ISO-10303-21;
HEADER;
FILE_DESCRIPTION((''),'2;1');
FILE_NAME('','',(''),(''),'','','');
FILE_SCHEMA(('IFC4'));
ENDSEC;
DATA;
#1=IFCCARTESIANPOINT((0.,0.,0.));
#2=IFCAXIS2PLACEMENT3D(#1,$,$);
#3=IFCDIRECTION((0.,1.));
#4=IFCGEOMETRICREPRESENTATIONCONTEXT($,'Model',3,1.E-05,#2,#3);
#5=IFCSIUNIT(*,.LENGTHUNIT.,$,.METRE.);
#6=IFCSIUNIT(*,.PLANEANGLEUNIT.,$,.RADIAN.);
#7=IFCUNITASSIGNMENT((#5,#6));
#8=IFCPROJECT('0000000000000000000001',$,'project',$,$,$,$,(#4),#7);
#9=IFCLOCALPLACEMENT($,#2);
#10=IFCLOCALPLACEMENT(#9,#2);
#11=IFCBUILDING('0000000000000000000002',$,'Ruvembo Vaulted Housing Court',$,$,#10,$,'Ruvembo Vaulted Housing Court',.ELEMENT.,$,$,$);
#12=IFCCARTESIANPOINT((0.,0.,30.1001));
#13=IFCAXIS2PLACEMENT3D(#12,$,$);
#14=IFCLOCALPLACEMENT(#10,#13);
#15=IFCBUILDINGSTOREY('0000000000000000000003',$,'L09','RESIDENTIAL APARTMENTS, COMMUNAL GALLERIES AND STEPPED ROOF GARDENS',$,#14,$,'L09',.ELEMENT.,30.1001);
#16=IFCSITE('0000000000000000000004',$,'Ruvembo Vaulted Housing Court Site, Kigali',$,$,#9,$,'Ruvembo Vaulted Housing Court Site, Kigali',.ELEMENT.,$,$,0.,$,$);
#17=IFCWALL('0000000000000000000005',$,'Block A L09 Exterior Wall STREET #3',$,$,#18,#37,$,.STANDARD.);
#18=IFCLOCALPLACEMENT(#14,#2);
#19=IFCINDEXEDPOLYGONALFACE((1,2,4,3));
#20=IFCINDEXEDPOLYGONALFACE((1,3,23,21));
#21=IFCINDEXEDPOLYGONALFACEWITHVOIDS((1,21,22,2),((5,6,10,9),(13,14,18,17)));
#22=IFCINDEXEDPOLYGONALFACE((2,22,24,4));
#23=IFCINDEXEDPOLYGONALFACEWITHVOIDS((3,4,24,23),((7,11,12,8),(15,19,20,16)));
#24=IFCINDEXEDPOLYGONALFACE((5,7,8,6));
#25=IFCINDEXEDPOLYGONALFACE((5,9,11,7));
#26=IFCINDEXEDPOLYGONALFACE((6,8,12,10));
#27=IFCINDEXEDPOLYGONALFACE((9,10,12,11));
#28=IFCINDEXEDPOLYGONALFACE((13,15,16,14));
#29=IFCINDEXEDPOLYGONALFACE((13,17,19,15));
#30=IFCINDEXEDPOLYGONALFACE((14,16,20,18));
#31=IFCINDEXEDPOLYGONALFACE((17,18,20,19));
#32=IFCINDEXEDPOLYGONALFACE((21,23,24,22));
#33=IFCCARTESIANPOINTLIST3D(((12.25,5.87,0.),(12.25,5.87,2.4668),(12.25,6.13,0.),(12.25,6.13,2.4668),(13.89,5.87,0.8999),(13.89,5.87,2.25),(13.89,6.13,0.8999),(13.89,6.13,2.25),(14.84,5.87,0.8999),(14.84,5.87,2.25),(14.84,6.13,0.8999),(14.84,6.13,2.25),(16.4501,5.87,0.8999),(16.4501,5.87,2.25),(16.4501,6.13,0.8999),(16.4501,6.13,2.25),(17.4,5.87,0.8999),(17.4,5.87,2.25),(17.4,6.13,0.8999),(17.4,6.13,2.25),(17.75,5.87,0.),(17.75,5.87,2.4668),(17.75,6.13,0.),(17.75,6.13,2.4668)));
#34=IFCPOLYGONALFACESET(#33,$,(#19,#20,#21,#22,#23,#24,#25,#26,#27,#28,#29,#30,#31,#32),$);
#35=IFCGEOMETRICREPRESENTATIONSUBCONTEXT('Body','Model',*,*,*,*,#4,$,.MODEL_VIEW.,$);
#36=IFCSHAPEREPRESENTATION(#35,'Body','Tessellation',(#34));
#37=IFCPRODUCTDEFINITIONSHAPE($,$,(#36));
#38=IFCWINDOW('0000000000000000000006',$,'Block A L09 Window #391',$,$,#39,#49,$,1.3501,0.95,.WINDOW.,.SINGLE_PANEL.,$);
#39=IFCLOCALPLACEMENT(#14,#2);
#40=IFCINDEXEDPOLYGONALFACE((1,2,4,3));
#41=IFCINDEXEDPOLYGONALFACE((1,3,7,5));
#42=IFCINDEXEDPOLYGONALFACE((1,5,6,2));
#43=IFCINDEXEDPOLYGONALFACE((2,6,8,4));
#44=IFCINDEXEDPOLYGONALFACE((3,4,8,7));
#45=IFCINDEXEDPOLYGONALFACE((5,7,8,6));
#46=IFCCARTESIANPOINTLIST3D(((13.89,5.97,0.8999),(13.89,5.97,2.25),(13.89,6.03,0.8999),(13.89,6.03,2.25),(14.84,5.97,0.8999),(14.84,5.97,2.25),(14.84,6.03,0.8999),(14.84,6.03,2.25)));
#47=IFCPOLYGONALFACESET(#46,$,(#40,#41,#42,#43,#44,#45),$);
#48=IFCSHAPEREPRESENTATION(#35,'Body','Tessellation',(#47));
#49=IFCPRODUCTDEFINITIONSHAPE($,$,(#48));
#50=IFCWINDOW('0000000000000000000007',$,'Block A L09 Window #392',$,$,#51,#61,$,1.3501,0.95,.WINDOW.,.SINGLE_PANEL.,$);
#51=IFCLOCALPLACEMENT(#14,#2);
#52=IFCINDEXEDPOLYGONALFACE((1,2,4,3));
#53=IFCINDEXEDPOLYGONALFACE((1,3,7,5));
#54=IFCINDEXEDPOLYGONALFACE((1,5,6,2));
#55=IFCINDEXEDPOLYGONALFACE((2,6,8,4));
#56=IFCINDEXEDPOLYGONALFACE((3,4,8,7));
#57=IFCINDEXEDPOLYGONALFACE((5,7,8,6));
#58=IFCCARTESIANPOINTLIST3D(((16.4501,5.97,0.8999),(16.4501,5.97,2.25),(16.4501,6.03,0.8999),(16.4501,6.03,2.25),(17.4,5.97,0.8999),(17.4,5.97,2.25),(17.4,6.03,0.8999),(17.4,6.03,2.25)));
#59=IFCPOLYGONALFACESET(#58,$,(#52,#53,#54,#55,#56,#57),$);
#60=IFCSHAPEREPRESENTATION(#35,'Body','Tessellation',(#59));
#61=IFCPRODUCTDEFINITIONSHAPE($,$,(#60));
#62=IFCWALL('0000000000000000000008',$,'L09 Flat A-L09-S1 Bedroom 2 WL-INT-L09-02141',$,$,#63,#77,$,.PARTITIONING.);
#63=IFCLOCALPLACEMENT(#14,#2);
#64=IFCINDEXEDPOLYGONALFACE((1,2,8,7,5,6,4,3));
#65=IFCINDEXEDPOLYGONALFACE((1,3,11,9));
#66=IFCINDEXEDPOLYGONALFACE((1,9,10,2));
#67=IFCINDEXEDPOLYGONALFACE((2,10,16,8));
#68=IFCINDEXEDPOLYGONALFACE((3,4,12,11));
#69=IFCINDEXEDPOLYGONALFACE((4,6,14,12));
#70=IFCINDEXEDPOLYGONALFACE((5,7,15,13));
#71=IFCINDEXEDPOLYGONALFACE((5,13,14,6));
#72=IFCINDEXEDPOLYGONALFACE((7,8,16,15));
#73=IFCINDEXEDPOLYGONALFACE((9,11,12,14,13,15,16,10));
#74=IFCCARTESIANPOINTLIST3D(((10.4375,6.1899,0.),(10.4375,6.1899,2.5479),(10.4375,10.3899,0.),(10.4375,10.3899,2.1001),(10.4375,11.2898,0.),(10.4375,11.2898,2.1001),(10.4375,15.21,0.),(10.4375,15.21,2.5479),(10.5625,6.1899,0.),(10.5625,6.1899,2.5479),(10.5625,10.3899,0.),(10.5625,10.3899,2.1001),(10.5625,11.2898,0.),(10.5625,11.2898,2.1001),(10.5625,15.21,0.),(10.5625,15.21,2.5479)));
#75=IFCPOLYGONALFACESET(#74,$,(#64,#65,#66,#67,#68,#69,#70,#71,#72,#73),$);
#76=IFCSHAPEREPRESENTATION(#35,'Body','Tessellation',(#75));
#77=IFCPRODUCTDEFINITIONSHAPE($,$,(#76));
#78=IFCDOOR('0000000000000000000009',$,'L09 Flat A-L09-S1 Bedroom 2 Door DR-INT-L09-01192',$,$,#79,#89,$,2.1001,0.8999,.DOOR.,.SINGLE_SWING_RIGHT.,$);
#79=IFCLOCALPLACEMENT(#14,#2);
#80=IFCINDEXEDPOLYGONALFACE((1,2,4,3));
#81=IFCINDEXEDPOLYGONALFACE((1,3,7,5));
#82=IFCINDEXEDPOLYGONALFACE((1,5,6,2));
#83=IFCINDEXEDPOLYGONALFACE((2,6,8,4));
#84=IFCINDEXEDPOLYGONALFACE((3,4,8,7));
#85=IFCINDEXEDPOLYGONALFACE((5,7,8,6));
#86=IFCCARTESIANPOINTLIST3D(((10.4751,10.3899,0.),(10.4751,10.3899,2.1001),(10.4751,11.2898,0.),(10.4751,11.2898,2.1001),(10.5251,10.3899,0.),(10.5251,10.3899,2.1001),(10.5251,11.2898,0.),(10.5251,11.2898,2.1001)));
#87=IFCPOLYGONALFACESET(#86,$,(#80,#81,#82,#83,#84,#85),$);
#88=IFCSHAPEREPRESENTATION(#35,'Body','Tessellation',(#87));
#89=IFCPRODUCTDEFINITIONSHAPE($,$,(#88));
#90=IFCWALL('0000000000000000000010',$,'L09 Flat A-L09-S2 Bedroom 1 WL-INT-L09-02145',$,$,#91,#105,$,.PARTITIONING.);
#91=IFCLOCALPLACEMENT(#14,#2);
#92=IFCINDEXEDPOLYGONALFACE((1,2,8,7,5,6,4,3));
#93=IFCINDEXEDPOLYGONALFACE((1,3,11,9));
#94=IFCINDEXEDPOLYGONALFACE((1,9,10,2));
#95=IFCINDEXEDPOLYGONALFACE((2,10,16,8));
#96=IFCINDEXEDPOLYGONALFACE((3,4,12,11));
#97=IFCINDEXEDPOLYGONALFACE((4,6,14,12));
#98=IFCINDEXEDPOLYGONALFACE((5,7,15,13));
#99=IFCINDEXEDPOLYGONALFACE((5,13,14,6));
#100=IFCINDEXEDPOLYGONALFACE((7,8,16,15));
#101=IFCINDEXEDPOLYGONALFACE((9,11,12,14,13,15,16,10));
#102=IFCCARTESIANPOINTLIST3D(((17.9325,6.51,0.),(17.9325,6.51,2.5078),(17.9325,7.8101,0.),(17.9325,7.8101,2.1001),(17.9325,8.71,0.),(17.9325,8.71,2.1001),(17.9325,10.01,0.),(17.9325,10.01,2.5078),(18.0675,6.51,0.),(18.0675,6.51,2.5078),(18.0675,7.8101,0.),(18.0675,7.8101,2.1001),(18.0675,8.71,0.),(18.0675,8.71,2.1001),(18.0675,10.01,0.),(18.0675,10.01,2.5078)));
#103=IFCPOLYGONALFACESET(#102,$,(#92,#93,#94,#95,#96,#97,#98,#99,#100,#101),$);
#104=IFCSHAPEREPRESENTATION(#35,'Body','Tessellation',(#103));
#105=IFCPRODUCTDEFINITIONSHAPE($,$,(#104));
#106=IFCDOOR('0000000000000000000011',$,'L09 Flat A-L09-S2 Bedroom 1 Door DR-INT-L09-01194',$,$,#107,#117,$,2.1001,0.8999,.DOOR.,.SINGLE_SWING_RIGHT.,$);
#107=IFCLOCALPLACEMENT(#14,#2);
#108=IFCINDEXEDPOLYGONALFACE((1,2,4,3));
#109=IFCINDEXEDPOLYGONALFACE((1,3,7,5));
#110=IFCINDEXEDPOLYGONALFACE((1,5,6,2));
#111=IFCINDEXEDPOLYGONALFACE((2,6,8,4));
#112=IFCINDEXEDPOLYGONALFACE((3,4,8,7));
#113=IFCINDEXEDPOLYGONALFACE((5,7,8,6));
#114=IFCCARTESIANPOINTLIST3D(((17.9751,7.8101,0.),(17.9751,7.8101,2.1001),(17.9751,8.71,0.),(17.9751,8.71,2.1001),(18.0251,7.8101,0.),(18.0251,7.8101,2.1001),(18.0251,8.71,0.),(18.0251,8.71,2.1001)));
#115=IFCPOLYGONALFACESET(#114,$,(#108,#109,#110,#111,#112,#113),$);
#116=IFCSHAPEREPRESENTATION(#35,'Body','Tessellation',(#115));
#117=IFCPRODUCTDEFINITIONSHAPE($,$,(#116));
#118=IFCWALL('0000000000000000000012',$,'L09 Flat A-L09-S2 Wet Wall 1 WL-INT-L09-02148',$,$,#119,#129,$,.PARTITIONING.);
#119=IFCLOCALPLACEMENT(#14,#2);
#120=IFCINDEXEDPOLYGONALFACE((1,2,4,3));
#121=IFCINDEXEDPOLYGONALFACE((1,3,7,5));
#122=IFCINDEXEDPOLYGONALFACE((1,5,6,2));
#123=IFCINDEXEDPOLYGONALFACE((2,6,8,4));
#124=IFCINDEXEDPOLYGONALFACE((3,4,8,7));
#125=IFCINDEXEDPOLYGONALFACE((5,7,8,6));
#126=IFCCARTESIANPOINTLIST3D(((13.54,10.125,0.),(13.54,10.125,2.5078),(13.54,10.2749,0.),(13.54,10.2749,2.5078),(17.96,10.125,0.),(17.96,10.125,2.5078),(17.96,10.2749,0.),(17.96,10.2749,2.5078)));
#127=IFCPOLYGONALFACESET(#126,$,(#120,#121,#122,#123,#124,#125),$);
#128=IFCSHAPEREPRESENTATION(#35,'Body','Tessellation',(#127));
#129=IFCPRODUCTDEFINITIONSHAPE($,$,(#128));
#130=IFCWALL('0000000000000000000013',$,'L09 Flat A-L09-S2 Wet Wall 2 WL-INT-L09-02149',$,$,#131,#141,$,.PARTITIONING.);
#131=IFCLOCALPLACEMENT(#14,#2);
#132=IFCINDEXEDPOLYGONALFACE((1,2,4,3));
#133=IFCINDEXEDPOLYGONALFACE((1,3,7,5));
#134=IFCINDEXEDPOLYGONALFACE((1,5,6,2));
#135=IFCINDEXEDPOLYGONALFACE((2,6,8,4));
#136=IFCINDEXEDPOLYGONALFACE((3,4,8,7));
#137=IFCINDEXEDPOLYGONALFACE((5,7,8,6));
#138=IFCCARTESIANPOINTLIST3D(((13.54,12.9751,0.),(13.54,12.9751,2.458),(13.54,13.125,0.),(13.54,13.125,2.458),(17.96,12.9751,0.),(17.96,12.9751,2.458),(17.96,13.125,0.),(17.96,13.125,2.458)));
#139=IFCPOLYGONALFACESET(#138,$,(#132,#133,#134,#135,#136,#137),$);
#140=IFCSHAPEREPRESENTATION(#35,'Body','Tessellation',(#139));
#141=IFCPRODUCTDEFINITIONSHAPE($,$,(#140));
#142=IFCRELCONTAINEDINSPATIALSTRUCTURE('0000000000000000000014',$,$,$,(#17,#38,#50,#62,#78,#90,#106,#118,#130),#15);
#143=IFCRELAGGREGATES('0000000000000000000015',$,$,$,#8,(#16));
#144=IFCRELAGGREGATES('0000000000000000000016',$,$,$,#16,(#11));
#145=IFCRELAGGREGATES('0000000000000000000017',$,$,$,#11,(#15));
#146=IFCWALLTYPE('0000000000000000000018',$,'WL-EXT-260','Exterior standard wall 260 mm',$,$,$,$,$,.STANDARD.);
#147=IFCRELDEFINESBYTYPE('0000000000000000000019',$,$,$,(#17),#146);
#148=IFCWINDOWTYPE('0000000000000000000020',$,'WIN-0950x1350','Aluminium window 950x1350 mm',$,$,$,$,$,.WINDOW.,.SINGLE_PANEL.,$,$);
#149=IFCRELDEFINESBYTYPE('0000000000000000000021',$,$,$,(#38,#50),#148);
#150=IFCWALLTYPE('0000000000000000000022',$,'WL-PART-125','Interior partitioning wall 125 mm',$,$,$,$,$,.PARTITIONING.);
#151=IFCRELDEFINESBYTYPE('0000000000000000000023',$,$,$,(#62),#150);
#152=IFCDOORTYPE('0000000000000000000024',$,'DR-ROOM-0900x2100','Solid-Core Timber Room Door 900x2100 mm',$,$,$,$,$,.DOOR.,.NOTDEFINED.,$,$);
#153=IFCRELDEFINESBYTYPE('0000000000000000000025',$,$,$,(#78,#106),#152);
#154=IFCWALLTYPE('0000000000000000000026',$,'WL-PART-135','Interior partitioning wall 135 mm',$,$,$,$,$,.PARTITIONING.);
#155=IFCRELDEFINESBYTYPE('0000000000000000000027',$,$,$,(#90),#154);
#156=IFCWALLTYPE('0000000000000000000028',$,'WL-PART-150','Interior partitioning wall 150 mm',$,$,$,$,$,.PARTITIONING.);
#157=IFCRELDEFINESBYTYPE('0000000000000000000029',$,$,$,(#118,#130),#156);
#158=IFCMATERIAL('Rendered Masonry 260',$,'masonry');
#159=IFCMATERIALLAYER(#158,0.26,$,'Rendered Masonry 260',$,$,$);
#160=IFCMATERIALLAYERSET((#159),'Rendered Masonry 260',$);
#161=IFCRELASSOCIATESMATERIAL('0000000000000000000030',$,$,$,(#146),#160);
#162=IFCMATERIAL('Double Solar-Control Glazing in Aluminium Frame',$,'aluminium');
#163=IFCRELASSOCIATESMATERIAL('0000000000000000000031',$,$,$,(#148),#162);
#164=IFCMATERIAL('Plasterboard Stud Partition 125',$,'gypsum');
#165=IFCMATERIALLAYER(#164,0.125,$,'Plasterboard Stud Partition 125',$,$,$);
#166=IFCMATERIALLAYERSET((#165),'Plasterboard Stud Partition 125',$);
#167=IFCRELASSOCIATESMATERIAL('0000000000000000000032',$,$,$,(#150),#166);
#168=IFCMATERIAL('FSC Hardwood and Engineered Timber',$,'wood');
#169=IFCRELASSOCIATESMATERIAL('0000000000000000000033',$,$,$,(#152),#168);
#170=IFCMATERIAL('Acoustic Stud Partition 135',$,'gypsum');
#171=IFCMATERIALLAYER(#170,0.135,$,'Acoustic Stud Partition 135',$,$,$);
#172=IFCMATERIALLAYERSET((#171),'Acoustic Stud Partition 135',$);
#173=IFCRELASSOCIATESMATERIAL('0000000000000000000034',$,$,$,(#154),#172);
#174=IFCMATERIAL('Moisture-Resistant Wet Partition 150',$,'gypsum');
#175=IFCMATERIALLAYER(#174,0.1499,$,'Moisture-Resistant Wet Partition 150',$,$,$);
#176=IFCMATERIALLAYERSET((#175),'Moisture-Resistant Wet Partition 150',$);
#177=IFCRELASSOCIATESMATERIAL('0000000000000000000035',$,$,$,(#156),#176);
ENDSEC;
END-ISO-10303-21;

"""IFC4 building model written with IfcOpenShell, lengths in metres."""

from ifc_helpers import new_model, si_unit, direction, frame, frame_2d, origin, place, context, subcontext, project, spatial, rectangle, extrude, material, layer, layer_set, type_object, element, fill, save


model = new_model("IFC4")

# Units and contexts
model_context = context("Model", 3, precision=1e-05, world=origin(), true_north=direction((0.0, 1.0)))
body_context = subcontext(model_context, "Body", "Model", "MODEL_VIEW")
ifc_project = project(units=[si_unit("LENGTHUNIT", "METRE"), si_unit("PLANEANGLEUNIT", "RADIAN")], contexts=[model_context])

# Site, building, storey
site_placement = place(None, origin())
site = spatial("IfcSite", under=ifc_project, at=site_placement, Name="Ruvembo Vaulted Housing Court Site, Kigali", LongName="Ruvembo Vaulted Housing Court Site, Kigali", CompositionType="ELEMENT", RefElevation=0.0)
building_placement = place(site_placement, origin())
building = spatial("IfcBuilding", under=site, at=building_placement, Name="Ruvembo Vaulted Housing Court", LongName="Ruvembo Vaulted Housing Court", CompositionType="ELEMENT")
storey_placement = place(building_placement, frame((0.0, 0.0, 30.1001)))
storey = spatial("IfcBuildingStorey", under=building, at=storey_placement, Name="L09", Description="RESIDENTIAL APARTMENTS, COMMUNAL GALLERIES AND STEPPED ROOF GARDENS", LongName="L09", CompositionType="ELEMENT", Elevation=30.1001)

# Wall, openings, windows
ifc_material_1 = material(Name="Rendered Masonry 260", Category="masonry")
ifc_layer_1 = layer(ifc_material_1, 0.26, Name="Rendered Masonry 260")
ifc_layer_set_1 = layer_set([ifc_layer_1], Name="Rendered Masonry 260")
wall_type_1 = type_object("IfcWallType", Name="WL-EXT-260", Description="Exterior standard wall 260 mm", PredefinedType="STANDARD", material=ifc_layer_set_1)
ifc_material_2 = material(Name="Double Solar-Control Glazing in Aluminium Frame", Category="aluminium")
wall_1_placement = place(storey_placement, frame((12.25, 6.0, 0.0), z_axis=(0.0, 0.0, 1.0), x_axis=(1.0, 0.0, 0.0)))
wall_1 = element("IfcWall", 1, at=wall_1_placement, inside=storey, type_object=wall_type_1, Name="Block A L09 Exterior Wall STREET #3", PredefinedType="STANDARD", context=body_context, shape_type="SweptSolid", body=[
    extrude(rectangle(XDim=5.5, YDim=0.26, at=frame_2d((2.75, 0.0))), origin(), (0.0, 0.0, 1.0), 2.4668),
])
opening_1_placement = place(wall_1_placement, frame((1.6399, 0.0, 0.8999)))
opening_1 = element("IfcOpeningElement", 2, at=opening_1_placement, cuts=wall_1, PredefinedType="OPENING", context=body_context, shape_type="SweptSolid", body=[
    extrude(rectangle(XDim=0.95, YDim=1.3501, at=frame_2d((0.4751, 0.675))), frame((0.0, 0.1399, 0.0), z_axis=(0.0, -1.0, 0.0), x_axis=(1.0, 0.0, 0.0)), (0.0, 0.0, 1.0), 0.28),
])
opening_2_placement = place(wall_1_placement, frame((4.2, 0.0, 0.8999)))
opening_2 = element("IfcOpeningElement", 3, at=opening_2_placement, cuts=wall_1, PredefinedType="OPENING", context=body_context, shape_type="SweptSolid", body=[
    extrude(rectangle(XDim=0.95, YDim=1.3501, at=frame_2d((0.4751, 0.675))), frame((0.0, 0.1399, 0.0), z_axis=(0.0, -1.0, 0.0), x_axis=(1.0, 0.0, 0.0)), (0.0, 0.0, 1.0), 0.28),
])
window_type_1 = type_object("IfcWindowType", Name="WIN-0950x1350", Description="Aluminium window 950x1350 mm", PartitioningType="SINGLE_PANEL", PredefinedType="WINDOW", material=ifc_material_2)
window_1_placement = place(opening_1_placement, origin())
window_1 = element("IfcWindow", 4, at=window_1_placement, inside=storey, type_object=window_type_1, Name="Block A L09 Window #391", OverallHeight=1.3501, OverallWidth=0.95, PartitioningType="SINGLE_PANEL", PredefinedType="WINDOW", context=body_context, shape_type="SweptSolid", body=[
    extrude(rectangle(XDim=0.95, YDim=1.3501, at=frame_2d((0.4751, 0.675))), frame((0.0, 0.03, 0.0), z_axis=(0.0, -1.0, 0.0), x_axis=(1.0, 0.0, 0.0)), (0.0, 0.0, 1.0), 0.0601),
])
fill(opening_1, window_1)
window_2_placement = place(opening_2_placement, origin())
window_2 = element("IfcWindow", 5, at=window_2_placement, inside=storey, type_object=window_type_1, Name="Block A L09 Window #392", OverallHeight=1.3501, OverallWidth=0.95, PartitioningType="SINGLE_PANEL", PredefinedType="WINDOW", context=body_context, shape_type="SweptSolid", body=[
    extrude(rectangle(XDim=0.95, YDim=1.3501, at=frame_2d((0.4751, 0.675))), frame((0.0, 0.03, 0.0), z_axis=(0.0, -1.0, 0.0), x_axis=(1.0, 0.0, 0.0)), (0.0, 0.0, 1.0), 0.0601),
])
fill(opening_2, window_2)

# Walls, openings, doors
ifc_material_3 = material(Name="Plasterboard Stud Partition 125", Category="gypsum")
ifc_layer_2 = layer(ifc_material_3, 0.125, Name="Plasterboard Stud Partition 125")
ifc_layer_set_2 = layer_set([ifc_layer_2], Name="Plasterboard Stud Partition 125")
wall_type_2 = type_object("IfcWallType", Name="WL-PART-125", Description="Interior partitioning wall 125 mm", PredefinedType="PARTITIONING", material=ifc_layer_set_2)
wall_2_placement = place(storey_placement, frame((10.5, 6.1899, 0.0), z_axis=(0.0, 0.0, 1.0), x_axis=(0.0, 1.0, 0.0)))
wall_2 = element("IfcWall", 6, at=wall_2_placement, inside=storey, type_object=wall_type_2, Name="L09 Flat A-L09-S1 Bedroom 2 WL-INT-L09-02141", PredefinedType="PARTITIONING", context=body_context, shape_type="SweptSolid", body=[
    extrude(rectangle(XDim=9.02, YDim=0.125, at=frame_2d((4.51, 0.0))), origin(), (0.0, 0.0, 1.0), 2.5479),
])
opening_3_placement = place(wall_2_placement, frame((4.2, 0.0, 0.0)))
opening_3 = element("IfcOpeningElement", 7, at=opening_3_placement, cuts=wall_2, PredefinedType="OPENING", context=body_context, shape_type="SweptSolid", body=[
    extrude(rectangle(XDim=0.8999, YDim=2.1001, at=frame_2d((0.45, 1.05))), frame((0.0, 0.0725, 0.0), z_axis=(0.0, -1.0, 0.0), x_axis=(1.0, 0.0, 0.0)), (0.0, 0.0, 1.0), 0.145),
])
ifc_material_4 = material(Name="FSC Hardwood and Engineered Timber", Category="wood")
door_type_1 = type_object("IfcDoorType", Name="DR-ROOM-0900x2100", Description="Solid-Core Timber Room Door 900x2100 mm", OperationType="NOTDEFINED", PredefinedType="DOOR", material=ifc_material_4)
door_1_placement = place(opening_3_placement, origin())
door_1 = element("IfcDoor", 8, at=door_1_placement, inside=storey, type_object=door_type_1, Name="L09 Flat A-L09-S1 Bedroom 2 Door DR-INT-L09-01192", OperationType="SINGLE_SWING_RIGHT", OverallHeight=2.1001, OverallWidth=0.8999, PredefinedType="DOOR", context=body_context, shape_type="SweptSolid", body=[
    extrude(rectangle(XDim=0.8999, YDim=2.1001, at=frame_2d((0.45, 1.05))), frame((0.0, 0.0249, 0.0), z_axis=(0.0, -1.0, 0.0), x_axis=(1.0, 0.0, 0.0)), (0.0, 0.0, 1.0), 0.05),
])
fill(opening_3, door_1)
ifc_material_5 = material(Name="Acoustic Stud Partition 135", Category="gypsum")
ifc_layer_3 = layer(ifc_material_5, 0.135, Name="Acoustic Stud Partition 135")
ifc_layer_set_3 = layer_set([ifc_layer_3], Name="Acoustic Stud Partition 135")
wall_type_3 = type_object("IfcWallType", Name="WL-PART-135", Description="Interior partitioning wall 135 mm", PredefinedType="PARTITIONING", material=ifc_layer_set_3)
wall_3_placement = place(storey_placement, frame((18.0, 6.51, 0.0), z_axis=(0.0, 0.0, 1.0), x_axis=(0.0, 1.0, 0.0)))
wall_3 = element("IfcWall", 9, at=wall_3_placement, inside=storey, type_object=wall_type_3, Name="L09 Flat A-L09-S2 Bedroom 1 WL-INT-L09-02145", PredefinedType="PARTITIONING", context=body_context, shape_type="SweptSolid", body=[
    extrude(rectangle(XDim=3.5, YDim=0.135, at=frame_2d((1.75, 0.0))), origin(), (0.0, 0.0, 1.0), 2.5078),
])
opening_4_placement = place(wall_3_placement, frame((1.3, 0.0, 0.0)))
opening_4 = element("IfcOpeningElement", 10, at=opening_4_placement, cuts=wall_3, PredefinedType="OPENING", context=body_context, shape_type="SweptSolid", body=[
    extrude(rectangle(XDim=0.8999, YDim=2.1001, at=frame_2d((0.45, 1.05))), frame((0.0, 0.0774, 0.0), z_axis=(0.0, -1.0, 0.0), x_axis=(1.0, 0.0, 0.0)), (0.0, 0.0, 1.0), 0.155),
])
door_2_placement = place(opening_4_placement, origin())
door_2 = element("IfcDoor", 11, at=door_2_placement, inside=storey, type_object=door_type_1, Name="L09 Flat A-L09-S2 Bedroom 1 Door DR-INT-L09-01194", OperationType="SINGLE_SWING_RIGHT", OverallHeight=2.1001, OverallWidth=0.8999, PredefinedType="DOOR", context=body_context, shape_type="SweptSolid", body=[
    extrude(rectangle(XDim=0.8999, YDim=2.1001, at=frame_2d((0.45, 1.05))), frame((0.0, 0.0249, 0.0), z_axis=(0.0, -1.0, 0.0), x_axis=(1.0, 0.0, 0.0)), (0.0, 0.0, 1.0), 0.05),
])
fill(opening_4, door_2)

# Walls
ifc_material_6 = material(Name="Moisture-Resistant Wet Partition 150", Category="gypsum")
ifc_layer_4 = layer(ifc_material_6, 0.1499, Name="Moisture-Resistant Wet Partition 150")
ifc_layer_set_4 = layer_set([ifc_layer_4], Name="Moisture-Resistant Wet Partition 150")
wall_type_4 = type_object("IfcWallType", Name="WL-PART-150", Description="Interior partitioning wall 150 mm", PredefinedType="PARTITIONING", material=ifc_layer_set_4)
wall_4_placement = place(storey_placement, frame((13.54, 10.2, 0.0), z_axis=(0.0, 0.0, 1.0), x_axis=(1.0, 0.0, 0.0)))
element("IfcWall", 12, at=wall_4_placement, inside=storey, type_object=wall_type_4, Name="L09 Flat A-L09-S2 Wet Wall 1 WL-INT-L09-02148", PredefinedType="PARTITIONING", context=body_context, shape_type="SweptSolid", body=[
    extrude(rectangle(XDim=4.4199, YDim=0.1499, at=frame_2d((2.21, 0.0))), origin(), (0.0, 0.0, 1.0), 2.5078),
])
wall_5_placement = place(storey_placement, frame((13.54, 13.05, 0.0), z_axis=(0.0, 0.0, 1.0), x_axis=(1.0, 0.0, 0.0)))
element("IfcWall", 13, at=wall_5_placement, inside=storey, type_object=wall_type_4, Name="L09 Flat A-L09-S2 Wet Wall 2 WL-INT-L09-02149", PredefinedType="PARTITIONING", context=body_context, shape_type="SweptSolid", body=[
    extrude(rectangle(XDim=4.4199, YDim=0.1499, at=frame_2d((2.21, 0.0))), origin(), (0.0, 0.0, 1.0), 2.458),
])

save(model, "model.ifc")
